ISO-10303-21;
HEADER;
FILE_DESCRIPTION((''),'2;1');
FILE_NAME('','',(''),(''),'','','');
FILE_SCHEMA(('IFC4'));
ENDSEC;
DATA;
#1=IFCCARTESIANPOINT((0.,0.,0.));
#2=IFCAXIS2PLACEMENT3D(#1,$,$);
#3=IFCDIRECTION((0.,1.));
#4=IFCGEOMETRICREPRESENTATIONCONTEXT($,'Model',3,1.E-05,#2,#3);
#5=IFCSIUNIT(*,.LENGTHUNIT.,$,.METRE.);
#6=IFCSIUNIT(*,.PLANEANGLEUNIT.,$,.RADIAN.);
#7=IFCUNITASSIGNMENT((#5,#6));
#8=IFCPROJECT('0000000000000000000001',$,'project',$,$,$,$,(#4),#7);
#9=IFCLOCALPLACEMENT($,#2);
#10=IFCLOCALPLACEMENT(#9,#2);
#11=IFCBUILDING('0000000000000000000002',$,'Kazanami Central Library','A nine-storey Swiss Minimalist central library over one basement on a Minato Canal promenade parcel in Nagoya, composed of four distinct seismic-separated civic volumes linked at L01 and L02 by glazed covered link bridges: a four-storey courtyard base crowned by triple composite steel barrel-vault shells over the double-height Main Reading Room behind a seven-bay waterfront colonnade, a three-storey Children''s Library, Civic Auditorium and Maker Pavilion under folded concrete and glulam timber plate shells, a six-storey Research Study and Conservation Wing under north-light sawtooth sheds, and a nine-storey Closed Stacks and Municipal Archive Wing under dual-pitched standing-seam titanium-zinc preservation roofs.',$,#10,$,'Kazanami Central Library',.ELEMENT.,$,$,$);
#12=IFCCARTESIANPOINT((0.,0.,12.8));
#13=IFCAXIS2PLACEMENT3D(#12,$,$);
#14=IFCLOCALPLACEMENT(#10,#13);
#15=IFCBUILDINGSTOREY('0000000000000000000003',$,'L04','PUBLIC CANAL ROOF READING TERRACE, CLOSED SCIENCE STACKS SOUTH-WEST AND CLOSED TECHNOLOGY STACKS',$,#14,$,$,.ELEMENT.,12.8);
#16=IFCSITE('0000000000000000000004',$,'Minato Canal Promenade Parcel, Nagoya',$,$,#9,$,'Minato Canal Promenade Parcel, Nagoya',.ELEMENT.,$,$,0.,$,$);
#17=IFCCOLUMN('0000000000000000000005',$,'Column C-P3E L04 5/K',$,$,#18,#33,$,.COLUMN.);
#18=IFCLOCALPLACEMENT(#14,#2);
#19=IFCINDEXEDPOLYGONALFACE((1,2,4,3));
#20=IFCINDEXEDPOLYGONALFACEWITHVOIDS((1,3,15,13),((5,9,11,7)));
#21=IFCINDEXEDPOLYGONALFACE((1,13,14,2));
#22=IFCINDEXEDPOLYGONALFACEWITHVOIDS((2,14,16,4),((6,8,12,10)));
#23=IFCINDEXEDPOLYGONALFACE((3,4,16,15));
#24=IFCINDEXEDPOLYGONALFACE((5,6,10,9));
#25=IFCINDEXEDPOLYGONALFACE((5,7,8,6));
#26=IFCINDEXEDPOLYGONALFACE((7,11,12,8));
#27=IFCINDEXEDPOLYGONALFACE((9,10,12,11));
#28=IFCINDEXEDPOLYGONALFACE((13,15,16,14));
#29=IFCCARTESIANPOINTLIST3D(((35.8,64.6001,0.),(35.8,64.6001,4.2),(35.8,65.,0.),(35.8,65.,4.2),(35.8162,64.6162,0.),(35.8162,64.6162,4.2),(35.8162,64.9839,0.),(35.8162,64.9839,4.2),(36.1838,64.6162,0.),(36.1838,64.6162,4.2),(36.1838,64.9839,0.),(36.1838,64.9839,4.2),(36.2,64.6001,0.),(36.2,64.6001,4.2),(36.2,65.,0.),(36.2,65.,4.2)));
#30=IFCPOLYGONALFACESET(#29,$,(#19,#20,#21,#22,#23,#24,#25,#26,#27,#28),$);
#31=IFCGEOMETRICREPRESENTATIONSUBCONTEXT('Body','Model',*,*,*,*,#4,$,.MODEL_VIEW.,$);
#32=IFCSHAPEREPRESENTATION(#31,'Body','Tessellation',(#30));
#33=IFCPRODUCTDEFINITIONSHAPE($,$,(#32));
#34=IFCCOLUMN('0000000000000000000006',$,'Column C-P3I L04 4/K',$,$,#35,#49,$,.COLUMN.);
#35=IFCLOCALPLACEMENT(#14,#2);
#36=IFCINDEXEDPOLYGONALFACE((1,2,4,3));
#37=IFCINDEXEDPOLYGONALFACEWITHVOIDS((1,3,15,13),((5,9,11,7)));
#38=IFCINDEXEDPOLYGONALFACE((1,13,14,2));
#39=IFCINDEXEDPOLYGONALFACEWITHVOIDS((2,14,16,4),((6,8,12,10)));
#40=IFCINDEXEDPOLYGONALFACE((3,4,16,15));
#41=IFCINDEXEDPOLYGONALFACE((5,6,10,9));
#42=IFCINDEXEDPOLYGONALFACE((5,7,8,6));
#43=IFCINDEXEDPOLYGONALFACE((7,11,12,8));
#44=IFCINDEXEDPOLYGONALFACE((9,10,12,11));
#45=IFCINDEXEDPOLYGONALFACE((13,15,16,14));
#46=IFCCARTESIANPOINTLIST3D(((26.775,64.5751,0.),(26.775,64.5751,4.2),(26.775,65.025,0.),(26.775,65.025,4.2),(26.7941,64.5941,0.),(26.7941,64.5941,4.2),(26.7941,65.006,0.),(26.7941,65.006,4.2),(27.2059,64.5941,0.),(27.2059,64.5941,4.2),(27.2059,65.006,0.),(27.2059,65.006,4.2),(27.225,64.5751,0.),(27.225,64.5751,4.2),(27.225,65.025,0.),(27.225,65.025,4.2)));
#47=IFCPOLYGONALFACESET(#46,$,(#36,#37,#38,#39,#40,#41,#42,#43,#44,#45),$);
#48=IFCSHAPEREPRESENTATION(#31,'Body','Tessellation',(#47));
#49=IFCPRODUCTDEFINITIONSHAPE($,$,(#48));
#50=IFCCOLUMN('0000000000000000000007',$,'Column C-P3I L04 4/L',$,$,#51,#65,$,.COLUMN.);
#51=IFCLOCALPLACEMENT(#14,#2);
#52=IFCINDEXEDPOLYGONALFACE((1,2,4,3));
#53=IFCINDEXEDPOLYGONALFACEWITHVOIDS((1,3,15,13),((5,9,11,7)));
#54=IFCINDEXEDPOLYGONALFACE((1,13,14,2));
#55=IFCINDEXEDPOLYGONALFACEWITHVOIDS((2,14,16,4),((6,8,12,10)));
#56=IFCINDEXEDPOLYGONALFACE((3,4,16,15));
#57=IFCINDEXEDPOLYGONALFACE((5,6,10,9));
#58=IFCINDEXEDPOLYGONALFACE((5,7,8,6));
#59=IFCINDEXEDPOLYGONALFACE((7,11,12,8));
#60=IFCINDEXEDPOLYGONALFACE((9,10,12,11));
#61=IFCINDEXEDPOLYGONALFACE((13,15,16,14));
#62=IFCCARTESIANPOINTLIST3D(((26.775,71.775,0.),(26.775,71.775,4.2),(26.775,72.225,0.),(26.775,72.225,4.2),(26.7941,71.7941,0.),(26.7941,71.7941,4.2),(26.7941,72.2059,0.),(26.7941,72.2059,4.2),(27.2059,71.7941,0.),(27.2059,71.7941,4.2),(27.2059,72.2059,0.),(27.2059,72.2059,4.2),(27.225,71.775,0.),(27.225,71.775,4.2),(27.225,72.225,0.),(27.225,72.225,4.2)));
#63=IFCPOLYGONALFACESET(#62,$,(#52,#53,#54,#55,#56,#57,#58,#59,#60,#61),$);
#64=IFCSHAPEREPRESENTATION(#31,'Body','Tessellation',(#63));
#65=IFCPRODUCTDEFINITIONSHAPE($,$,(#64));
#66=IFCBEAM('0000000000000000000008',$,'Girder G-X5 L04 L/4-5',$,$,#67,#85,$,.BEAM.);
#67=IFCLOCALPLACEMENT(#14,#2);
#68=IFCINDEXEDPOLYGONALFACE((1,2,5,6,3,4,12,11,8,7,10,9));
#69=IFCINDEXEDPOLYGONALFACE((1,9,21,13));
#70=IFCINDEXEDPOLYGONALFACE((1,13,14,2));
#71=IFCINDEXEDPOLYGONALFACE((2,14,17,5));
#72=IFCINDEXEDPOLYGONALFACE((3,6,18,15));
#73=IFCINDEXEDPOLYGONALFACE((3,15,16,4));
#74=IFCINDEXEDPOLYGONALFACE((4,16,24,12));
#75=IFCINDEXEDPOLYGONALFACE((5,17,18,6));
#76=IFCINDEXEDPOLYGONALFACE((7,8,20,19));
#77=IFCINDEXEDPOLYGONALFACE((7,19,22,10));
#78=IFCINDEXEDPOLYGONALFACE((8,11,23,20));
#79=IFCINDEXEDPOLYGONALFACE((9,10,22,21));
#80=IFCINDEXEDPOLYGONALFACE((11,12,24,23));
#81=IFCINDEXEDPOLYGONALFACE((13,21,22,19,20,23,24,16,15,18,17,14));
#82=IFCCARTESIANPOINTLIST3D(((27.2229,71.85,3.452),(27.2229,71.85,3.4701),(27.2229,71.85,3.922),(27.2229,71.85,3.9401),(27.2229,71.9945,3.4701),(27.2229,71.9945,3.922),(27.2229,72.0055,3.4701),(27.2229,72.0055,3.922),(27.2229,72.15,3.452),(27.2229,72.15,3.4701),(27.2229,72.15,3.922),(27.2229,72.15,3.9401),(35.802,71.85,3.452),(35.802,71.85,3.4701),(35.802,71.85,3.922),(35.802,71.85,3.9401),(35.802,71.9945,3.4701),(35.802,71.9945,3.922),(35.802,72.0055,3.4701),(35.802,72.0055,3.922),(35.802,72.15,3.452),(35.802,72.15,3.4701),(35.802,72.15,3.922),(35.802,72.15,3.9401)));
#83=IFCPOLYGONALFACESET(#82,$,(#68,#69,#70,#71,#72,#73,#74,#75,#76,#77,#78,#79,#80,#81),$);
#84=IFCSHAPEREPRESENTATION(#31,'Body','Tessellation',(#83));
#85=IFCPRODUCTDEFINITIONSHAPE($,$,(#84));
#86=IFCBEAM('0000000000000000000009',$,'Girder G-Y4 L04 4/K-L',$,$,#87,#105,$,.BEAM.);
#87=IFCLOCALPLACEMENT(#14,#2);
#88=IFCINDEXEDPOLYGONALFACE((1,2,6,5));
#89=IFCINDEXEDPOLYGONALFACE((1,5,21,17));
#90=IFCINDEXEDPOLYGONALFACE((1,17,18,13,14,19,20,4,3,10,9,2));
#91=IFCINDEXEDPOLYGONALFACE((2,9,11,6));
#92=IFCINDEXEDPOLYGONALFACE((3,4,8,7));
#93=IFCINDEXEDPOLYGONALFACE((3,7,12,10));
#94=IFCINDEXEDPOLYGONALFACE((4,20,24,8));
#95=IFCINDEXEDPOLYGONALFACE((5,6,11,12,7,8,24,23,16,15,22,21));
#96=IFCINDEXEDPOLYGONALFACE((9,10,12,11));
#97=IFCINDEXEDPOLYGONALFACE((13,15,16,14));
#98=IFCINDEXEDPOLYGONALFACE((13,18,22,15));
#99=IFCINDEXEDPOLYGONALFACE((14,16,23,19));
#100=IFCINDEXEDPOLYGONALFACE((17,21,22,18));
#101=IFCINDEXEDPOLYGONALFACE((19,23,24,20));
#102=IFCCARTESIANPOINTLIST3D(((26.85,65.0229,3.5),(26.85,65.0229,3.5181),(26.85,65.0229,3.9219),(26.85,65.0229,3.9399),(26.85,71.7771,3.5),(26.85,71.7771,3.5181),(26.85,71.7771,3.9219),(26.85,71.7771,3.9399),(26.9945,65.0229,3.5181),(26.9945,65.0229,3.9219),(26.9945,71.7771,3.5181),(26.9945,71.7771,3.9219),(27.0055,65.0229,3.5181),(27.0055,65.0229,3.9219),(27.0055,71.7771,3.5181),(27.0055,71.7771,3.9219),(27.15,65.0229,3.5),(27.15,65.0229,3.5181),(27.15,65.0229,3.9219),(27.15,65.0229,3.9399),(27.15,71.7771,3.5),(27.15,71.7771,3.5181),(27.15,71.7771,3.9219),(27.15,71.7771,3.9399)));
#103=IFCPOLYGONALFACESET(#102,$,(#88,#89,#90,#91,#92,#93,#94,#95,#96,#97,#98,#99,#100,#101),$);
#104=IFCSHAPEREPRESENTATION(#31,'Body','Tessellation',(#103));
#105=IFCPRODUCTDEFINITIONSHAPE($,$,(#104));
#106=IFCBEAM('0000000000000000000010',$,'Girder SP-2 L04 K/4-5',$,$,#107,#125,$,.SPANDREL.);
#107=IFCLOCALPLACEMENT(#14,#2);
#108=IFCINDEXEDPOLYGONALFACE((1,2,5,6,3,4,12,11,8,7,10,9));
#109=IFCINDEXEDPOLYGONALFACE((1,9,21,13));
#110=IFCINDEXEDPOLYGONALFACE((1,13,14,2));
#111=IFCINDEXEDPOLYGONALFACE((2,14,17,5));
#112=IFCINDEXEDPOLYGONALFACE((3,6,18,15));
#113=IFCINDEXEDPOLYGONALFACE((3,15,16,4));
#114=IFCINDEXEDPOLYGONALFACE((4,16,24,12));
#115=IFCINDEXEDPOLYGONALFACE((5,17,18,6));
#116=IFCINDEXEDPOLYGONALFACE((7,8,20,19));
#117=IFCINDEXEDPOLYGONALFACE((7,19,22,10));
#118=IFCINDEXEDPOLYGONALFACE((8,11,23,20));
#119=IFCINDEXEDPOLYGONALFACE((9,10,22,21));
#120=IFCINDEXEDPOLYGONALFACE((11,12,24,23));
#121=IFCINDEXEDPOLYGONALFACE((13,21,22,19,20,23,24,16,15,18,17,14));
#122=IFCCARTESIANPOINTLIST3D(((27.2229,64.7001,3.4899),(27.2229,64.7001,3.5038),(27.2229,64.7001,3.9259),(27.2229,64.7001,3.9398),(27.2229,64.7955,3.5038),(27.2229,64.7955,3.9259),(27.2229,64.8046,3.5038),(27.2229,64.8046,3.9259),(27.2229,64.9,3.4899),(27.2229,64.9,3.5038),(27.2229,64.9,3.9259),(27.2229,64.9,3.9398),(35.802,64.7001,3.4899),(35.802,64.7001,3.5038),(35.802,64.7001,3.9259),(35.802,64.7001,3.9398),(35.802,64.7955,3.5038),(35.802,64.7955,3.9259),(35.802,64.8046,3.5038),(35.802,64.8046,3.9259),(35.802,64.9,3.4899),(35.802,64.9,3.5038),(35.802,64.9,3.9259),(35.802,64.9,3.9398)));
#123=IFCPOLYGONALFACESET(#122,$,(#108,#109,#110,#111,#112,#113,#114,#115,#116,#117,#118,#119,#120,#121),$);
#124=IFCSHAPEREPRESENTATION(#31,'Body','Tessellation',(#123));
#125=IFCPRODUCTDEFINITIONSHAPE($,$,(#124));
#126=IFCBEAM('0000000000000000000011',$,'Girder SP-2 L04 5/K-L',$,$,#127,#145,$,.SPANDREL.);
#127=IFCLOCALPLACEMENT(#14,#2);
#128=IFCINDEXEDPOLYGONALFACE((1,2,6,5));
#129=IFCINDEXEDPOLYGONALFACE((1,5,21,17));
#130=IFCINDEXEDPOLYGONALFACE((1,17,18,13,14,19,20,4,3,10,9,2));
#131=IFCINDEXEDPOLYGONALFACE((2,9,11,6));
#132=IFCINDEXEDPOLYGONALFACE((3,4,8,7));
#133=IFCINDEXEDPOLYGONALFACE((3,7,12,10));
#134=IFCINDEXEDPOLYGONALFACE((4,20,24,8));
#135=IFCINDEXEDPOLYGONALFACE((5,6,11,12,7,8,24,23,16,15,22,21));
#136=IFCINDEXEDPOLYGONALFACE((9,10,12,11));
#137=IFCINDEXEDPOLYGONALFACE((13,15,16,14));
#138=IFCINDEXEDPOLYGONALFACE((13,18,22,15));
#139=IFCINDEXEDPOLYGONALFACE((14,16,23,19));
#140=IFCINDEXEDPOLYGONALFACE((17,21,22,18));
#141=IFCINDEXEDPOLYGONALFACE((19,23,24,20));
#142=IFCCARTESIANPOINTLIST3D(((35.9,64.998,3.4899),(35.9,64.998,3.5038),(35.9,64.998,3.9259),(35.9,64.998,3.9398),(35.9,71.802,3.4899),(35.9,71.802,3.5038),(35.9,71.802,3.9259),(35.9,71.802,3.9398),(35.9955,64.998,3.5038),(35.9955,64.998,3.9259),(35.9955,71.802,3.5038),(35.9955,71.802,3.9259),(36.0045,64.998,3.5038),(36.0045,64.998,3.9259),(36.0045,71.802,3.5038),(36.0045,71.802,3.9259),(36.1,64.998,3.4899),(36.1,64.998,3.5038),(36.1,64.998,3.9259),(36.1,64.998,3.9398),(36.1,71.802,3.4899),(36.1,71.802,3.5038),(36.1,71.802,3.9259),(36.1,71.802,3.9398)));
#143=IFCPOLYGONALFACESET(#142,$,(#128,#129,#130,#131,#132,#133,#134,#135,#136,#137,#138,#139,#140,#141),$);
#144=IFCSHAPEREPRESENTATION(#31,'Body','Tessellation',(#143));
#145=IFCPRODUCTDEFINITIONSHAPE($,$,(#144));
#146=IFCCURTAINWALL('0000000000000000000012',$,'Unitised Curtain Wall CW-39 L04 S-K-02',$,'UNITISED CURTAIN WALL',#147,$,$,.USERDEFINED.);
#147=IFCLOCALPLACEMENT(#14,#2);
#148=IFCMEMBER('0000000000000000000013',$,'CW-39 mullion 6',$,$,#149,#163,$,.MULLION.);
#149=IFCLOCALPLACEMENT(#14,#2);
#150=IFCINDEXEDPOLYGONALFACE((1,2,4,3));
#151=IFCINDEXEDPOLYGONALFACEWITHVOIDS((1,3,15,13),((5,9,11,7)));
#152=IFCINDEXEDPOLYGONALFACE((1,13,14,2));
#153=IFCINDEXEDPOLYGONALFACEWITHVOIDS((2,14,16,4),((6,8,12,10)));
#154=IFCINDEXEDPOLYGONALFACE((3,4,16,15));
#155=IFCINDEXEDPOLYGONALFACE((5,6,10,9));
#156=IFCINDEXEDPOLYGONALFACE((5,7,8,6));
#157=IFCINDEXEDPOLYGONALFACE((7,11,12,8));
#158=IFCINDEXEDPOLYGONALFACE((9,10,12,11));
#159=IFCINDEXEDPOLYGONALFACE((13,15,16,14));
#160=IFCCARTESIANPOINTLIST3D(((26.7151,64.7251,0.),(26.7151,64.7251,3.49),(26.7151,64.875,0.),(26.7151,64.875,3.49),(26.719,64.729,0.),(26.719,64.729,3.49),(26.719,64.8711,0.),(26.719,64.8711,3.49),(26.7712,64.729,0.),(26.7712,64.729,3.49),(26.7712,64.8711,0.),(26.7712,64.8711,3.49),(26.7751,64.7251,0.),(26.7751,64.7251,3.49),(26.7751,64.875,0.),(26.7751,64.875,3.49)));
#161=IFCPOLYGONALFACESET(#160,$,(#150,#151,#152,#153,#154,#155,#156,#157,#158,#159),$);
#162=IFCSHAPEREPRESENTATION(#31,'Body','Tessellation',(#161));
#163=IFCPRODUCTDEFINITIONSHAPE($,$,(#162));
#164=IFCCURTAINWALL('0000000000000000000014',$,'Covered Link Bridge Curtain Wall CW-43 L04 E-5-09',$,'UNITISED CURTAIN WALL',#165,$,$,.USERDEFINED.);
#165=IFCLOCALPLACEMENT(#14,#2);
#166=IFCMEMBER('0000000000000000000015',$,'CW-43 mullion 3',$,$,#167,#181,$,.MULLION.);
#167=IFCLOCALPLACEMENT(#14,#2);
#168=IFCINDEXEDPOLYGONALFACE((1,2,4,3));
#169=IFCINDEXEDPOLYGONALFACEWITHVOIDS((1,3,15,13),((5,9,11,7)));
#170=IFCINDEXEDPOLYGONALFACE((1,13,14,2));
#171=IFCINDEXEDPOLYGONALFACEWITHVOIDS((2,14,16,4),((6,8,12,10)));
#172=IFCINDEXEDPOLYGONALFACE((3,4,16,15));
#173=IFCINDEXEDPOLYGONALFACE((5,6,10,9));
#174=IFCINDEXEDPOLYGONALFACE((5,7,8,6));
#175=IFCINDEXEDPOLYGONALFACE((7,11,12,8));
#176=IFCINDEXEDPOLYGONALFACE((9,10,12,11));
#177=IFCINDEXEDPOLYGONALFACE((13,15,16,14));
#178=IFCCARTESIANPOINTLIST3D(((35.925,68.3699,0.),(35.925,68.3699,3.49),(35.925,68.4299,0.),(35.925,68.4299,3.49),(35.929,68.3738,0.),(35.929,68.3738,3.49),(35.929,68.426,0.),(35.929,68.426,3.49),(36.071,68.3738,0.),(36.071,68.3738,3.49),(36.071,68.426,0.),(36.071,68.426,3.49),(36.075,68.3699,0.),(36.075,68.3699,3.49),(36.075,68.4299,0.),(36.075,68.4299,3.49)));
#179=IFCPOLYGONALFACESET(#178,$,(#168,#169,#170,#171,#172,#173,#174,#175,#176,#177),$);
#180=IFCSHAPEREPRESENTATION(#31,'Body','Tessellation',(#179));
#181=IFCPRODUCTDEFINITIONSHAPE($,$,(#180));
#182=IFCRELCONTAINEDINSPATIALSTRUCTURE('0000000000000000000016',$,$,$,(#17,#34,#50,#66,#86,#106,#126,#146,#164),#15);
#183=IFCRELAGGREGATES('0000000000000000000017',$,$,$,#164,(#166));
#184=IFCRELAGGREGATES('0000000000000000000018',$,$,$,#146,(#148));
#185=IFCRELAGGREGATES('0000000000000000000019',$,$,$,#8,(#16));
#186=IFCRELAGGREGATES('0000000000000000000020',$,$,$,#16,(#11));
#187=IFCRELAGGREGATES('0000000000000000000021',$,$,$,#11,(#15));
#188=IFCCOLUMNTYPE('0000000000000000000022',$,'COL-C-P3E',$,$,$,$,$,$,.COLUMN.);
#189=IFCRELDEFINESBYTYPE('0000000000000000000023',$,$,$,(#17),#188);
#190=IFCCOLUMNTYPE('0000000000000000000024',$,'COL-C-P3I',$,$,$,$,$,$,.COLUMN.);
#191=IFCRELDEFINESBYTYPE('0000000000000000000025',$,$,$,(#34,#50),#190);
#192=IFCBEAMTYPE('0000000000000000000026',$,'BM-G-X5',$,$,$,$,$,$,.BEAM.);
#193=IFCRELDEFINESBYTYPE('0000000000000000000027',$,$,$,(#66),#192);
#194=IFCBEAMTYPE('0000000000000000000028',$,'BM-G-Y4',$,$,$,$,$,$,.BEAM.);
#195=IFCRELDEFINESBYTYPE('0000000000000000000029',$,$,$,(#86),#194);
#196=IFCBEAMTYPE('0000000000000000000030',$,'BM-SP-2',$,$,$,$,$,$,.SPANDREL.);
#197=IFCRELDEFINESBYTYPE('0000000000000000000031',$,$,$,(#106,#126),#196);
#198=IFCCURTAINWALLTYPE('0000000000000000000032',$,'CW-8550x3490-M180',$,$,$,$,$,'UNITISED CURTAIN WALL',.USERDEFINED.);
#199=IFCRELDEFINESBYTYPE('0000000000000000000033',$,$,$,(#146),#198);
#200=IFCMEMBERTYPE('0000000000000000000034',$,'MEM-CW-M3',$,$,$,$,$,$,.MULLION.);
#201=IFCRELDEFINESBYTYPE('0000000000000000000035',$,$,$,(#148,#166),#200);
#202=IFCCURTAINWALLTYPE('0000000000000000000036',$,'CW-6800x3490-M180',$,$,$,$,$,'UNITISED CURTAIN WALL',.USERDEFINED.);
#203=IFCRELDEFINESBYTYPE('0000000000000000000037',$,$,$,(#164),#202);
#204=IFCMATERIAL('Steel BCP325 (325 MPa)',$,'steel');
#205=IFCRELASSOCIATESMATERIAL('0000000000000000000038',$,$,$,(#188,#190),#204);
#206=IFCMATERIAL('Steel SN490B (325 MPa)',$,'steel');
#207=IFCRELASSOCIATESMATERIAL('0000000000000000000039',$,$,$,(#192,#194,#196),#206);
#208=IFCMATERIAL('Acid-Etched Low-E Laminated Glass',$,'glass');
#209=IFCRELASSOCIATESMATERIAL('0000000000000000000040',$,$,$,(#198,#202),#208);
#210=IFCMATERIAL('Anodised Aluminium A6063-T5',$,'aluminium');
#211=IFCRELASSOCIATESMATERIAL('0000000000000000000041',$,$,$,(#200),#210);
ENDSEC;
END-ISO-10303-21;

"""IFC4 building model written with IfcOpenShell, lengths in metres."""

from ifc_helpers import new_model, si_unit, direction, frame, origin, origin_2d, place, context, subcontext, project, spatial, hollow_rectangle, i_section, extrude, material, material_profile, profile_set, type_object, element, aggregate, save


model = new_model("IFC4")

# Units and contexts
model_context = context("Model", 3, precision=1e-05, world=origin(), true_north=direction((0.0, 1.0)))
body_context = subcontext(model_context, "Body", "Model", "MODEL_VIEW")
ifc_project = project(units=[si_unit("LENGTHUNIT", "METRE"), si_unit("PLANEANGLEUNIT", "RADIAN")], contexts=[model_context])

# Site, building, storey
site_placement = place(None, origin())
site = spatial("IfcSite", under=ifc_project, at=site_placement, Name="Minato Canal Promenade Parcel, Nagoya", LongName="Minato Canal Promenade Parcel, Nagoya", CompositionType="ELEMENT", RefElevation=0.0)
building_placement = place(site_placement, origin())
building = spatial("IfcBuilding", under=site, at=building_placement, Name="Kazanami Central Library", Description="A nine-storey Swiss Minimalist central library over one basement on a Minato Canal promenade parcel in Nagoya, composed of four distinct seismic-separated civic volumes linked at L01 and L02 by glazed covered link bridges: a four-storey courtyard base crowned by triple composite steel barrel-vault shells over the double-height Main Reading Room behind a seven-bay waterfront colonnade, a three-storey Children's Library, Civic Auditorium and Maker Pavilion under folded concrete and glulam timber plate shells, a six-storey Research Study and Conservation Wing under north-light sawtooth sheds, and a nine-storey Closed Stacks and Municipal Archive Wing under dual-pitched standing-seam titanium-zinc preservation roofs.", LongName="Kazanami Central Library", CompositionType="ELEMENT")
storey_placement = place(building_placement, frame((0.0, 0.0, 12.8)))
storey = spatial("IfcBuildingStorey", under=building, at=storey_placement, Name="L04", Description="PUBLIC CANAL ROOF READING TERRACE, CLOSED SCIENCE STACKS SOUTH-WEST AND CLOSED TECHNOLOGY STACKS", CompositionType="ELEMENT", Elevation=12.8)

# Columns
ifc_material_1 = material(Name="Steel BCP325 (325 MPa)", Category="steel")
ifc_material_profile_1 = material_profile(ifc_material_1, hollow_rectangle(XDim=0.3999, YDim=0.3999, WallThickness=0.0161, at=origin_2d()), Name="BCP-400x400x16")
ifc_profile_set_1 = profile_set([ifc_material_profile_1], Name="Steel BCP325 (325 MPa)")
column_type_1 = type_object("IfcColumnType", Name="COL-C-P3E", PredefinedType="COLUMN", material=ifc_profile_set_1)
column_placement = place(storey_placement, frame((36.0, 64.8, 0.0), z_axis=(0.0, 0.0, 1.0), x_axis=(1.0, 0.0, 0.0)))
element("IfcColumn", 1, at=column_placement, inside=storey, type_object=column_type_1, Name="Column C-P3E L04 5/K", PredefinedType="COLUMN", context=body_context, shape_type="SweptSolid", body=[
    extrude(hollow_rectangle(XDim=0.3999, YDim=0.3999, WallThickness=0.0161, at=origin_2d()), origin(), (0.0, 0.0, 1.0), 4.2),
])
ifc_material_profile_2 = material_profile(ifc_material_1, hollow_rectangle(XDim=0.45, YDim=0.45, WallThickness=0.019, at=origin_2d()), Name="BCP-450x450x19")
ifc_profile_set_2 = profile_set([ifc_material_profile_2], Name="Steel BCP325 (325 MPa)")
column_type_2 = type_object("IfcColumnType", Name="COL-C-P3I", PredefinedType="COLUMN", material=ifc_profile_set_2)
for number, where, z_axis, x_axis, name in (
    (2, (27.0, 64.8, 0.0), (0.0, 0.0, 1.0), (1.0, 0.0, 0.0), "Column C-P3I L04 4/K"),
    (3, (27.0, 72.0, 0.0), (0.0, 0.0, 1.0), (1.0, 0.0, 0.0), "Column C-P3I L04 4/L"),
):
    element("IfcColumn", number, at=place(storey_placement, frame(where, z_axis=z_axis, x_axis=x_axis)), inside=storey, type_object=column_type_2, Name=name, PredefinedType="COLUMN", context=body_context, shape_type="SweptSolid", body=[
        extrude(hollow_rectangle(XDim=0.45, YDim=0.45, WallThickness=0.019, at=origin_2d()), origin(), (0.0, 0.0, 1.0), 4.2),
    ])

# Beams
ifc_material_2 = material(Name="Steel SN490B (325 MPa)", Category="steel")
ifc_material_profile_3 = material_profile(ifc_material_2, i_section(OverallWidth=0.3, OverallDepth=0.488, WebThickness=0.011, FlangeThickness=0.0181, at=origin_2d()), Name="H-488x300x11x18")
ifc_profile_set_3 = profile_set([ifc_material_profile_3], Name="Steel SN490B (325 MPa)")
beam_type_1 = type_object("IfcBeamType", Name="BM-G-X5", PredefinedType="BEAM", material=ifc_profile_set_3)
beam_1_placement = place(storey_placement, frame((27.2229, 72.0, 3.696), z_axis=(1.0, 0.0, 0.0), x_axis=(0.0, 1.0, 0.0)))
element("IfcBeam", 4, at=beam_1_placement, inside=storey, type_object=beam_type_1, Name="Girder G-X5 L04 L/4-5", PredefinedType="BEAM", context=body_context, shape_type="SweptSolid", body=[
    extrude(i_section(OverallWidth=0.3, OverallDepth=0.488, WebThickness=0.011, FlangeThickness=0.0181, at=origin_2d()), origin(), (0.0, 0.0, 1.0), 8.5791),
])
ifc_material_profile_4 = material_profile(ifc_material_2, i_section(OverallWidth=0.3, OverallDepth=0.4399, WebThickness=0.011, FlangeThickness=0.0181, at=origin_2d()), Name="H-440x300x11x18")
ifc_profile_set_4 = profile_set([ifc_material_profile_4], Name="Steel SN490B (325 MPa)")
beam_type_2 = type_object("IfcBeamType", Name="BM-G-Y4", PredefinedType="BEAM", material=ifc_profile_set_4)
beam_2_placement = place(storey_placement, frame((27.0, 65.0229, 3.72), z_axis=(0.0, 1.0, 0.0), x_axis=(-1.0, 0.0, 0.0)))
element("IfcBeam", 5, at=beam_2_placement, inside=storey, type_object=beam_type_2, Name="Girder G-Y4 L04 4/K-L", PredefinedType="BEAM", context=body_context, shape_type="SweptSolid", body=[
    extrude(i_section(OverallWidth=0.3, OverallDepth=0.4399, WebThickness=0.011, FlangeThickness=0.0181, at=origin_2d()), origin(), (0.0, 0.0, 1.0), 6.7542),
])
ifc_material_profile_5 = material_profile(ifc_material_2, i_section(OverallWidth=0.2, OverallDepth=0.45, WebThickness=0.009, FlangeThickness=0.0139, at=origin_2d()), Name="H-450x200x9x14")
ifc_profile_set_5 = profile_set([ifc_material_profile_5], Name="Steel SN490B (325 MPa)")
beam_type_3 = type_object("IfcBeamType", Name="BM-SP-2", PredefinedType="SPANDREL", material=ifc_profile_set_5)
beam_3_placement = place(storey_placement, frame((27.2229, 64.8, 3.7148), z_axis=(1.0, 0.0, 0.0), x_axis=(0.0, 1.0, 0.0)))
element("IfcBeam", 6, at=beam_3_placement, inside=storey, type_object=beam_type_3, Name="Girder SP-2 L04 K/4-5", PredefinedType="SPANDREL", context=body_context, shape_type="SweptSolid", body=[
    extrude(i_section(OverallWidth=0.2, OverallDepth=0.45, WebThickness=0.009, FlangeThickness=0.0139, at=origin_2d()), origin(), (0.0, 0.0, 1.0), 8.5791),
])
beam_4_placement = place(storey_placement, frame((36.0, 64.998, 3.7148), z_axis=(0.0, 1.0, 0.0), x_axis=(-1.0, 0.0, 0.0)))
element("IfcBeam", 7, at=beam_4_placement, inside=storey, type_object=beam_type_3, Name="Girder SP-2 L04 5/K-L", PredefinedType="SPANDREL", context=body_context, shape_type="SweptSolid", body=[
    extrude(i_section(OverallWidth=0.2, OverallDepth=0.45, WebThickness=0.009, FlangeThickness=0.0139, at=origin_2d()), origin(), (0.0, 0.0, 1.0), 6.804),
])

# Curtain wall, member
ifc_material_3 = material(Name="Acid-Etched Low-E Laminated Glass", Category="glass")
curtain_wall_type_1 = type_object("IfcCurtainWallType", Name="CW-8550x3490-M180", ElementType="UNITISED CURTAIN WALL", PredefinedType="USERDEFINED", material=ifc_material_3)
curtain_wall_1_placement = place(storey_placement, origin())
curtain_wall_1 = element("IfcCurtainWall", 8, at=curtain_wall_1_placement, inside=storey, type_object=curtain_wall_type_1, Name="Unitised Curtain Wall CW-39 L04 S-K-02", ObjectType="UNITISED CURTAIN WALL", PredefinedType="USERDEFINED")
ifc_material_4 = material(Name="Anodised Aluminium A6063-T5", Category="aluminium")
ifc_material_profile_6 = material_profile(ifc_material_4, hollow_rectangle(XDim=0.0601, YDim=0.1499, WallThickness=0.0039, at=origin_2d()), Name="ALU-MULL-60x150x4")
ifc_profile_set_6 = profile_set([ifc_material_profile_6], Name="Anodised Aluminium A6063-T5")
member_type_1 = type_object("IfcMemberType", Name="MEM-CW-M3", PredefinedType="MULLION", material=ifc_profile_set_6)
member_1_placement = place(storey_placement, frame((26.7451, 64.8, 0.0), z_axis=(0.0, 0.0, 1.0), x_axis=(1.0, 0.0, 0.0)))
member_1 = element("IfcMember", 9, at=member_1_placement, type_object=member_type_1, Name="CW-39 mullion 6", PredefinedType="MULLION", context=body_context, shape_type="SweptSolid", body=[
    extrude(hollow_rectangle(XDim=0.0601, YDim=0.1499, WallThickness=0.0039, at=origin_2d()), origin(), (0.0, 0.0, 1.0), 3.49),
])

# Curtain wall, member
curtain_wall_type_2 = type_object("IfcCurtainWallType", Name="CW-6800x3490-M180", ElementType="UNITISED CURTAIN WALL", PredefinedType="USERDEFINED", material=ifc_material_3)
curtain_wall_2_placement = place(storey_placement, origin())
curtain_wall_2 = element("IfcCurtainWall", 10, at=curtain_wall_2_placement, inside=storey, type_object=curtain_wall_type_2, Name="Covered Link Bridge Curtain Wall CW-43 L04 E-5-09", ObjectType="UNITISED CURTAIN WALL", PredefinedType="USERDEFINED")
member_2_placement = place(storey_placement, frame((36.0, 68.3999, 0.0), z_axis=(0.0, 0.0, 1.0), x_axis=(0.0, -1.0, 0.0)))
member_2 = element("IfcMember", 11, at=member_2_placement, type_object=member_type_1, Name="CW-43 mullion 3", PredefinedType="MULLION", context=body_context, shape_type="SweptSolid", body=[
    extrude(hollow_rectangle(XDim=0.0601, YDim=0.1499, WallThickness=0.0039, at=origin_2d()), origin(), (0.0, 0.0, 1.0), 3.49),
])

aggregate(curtain_wall_2, [member_2])
aggregate(curtain_wall_1, [member_1])

save(model, "model.ifc")
